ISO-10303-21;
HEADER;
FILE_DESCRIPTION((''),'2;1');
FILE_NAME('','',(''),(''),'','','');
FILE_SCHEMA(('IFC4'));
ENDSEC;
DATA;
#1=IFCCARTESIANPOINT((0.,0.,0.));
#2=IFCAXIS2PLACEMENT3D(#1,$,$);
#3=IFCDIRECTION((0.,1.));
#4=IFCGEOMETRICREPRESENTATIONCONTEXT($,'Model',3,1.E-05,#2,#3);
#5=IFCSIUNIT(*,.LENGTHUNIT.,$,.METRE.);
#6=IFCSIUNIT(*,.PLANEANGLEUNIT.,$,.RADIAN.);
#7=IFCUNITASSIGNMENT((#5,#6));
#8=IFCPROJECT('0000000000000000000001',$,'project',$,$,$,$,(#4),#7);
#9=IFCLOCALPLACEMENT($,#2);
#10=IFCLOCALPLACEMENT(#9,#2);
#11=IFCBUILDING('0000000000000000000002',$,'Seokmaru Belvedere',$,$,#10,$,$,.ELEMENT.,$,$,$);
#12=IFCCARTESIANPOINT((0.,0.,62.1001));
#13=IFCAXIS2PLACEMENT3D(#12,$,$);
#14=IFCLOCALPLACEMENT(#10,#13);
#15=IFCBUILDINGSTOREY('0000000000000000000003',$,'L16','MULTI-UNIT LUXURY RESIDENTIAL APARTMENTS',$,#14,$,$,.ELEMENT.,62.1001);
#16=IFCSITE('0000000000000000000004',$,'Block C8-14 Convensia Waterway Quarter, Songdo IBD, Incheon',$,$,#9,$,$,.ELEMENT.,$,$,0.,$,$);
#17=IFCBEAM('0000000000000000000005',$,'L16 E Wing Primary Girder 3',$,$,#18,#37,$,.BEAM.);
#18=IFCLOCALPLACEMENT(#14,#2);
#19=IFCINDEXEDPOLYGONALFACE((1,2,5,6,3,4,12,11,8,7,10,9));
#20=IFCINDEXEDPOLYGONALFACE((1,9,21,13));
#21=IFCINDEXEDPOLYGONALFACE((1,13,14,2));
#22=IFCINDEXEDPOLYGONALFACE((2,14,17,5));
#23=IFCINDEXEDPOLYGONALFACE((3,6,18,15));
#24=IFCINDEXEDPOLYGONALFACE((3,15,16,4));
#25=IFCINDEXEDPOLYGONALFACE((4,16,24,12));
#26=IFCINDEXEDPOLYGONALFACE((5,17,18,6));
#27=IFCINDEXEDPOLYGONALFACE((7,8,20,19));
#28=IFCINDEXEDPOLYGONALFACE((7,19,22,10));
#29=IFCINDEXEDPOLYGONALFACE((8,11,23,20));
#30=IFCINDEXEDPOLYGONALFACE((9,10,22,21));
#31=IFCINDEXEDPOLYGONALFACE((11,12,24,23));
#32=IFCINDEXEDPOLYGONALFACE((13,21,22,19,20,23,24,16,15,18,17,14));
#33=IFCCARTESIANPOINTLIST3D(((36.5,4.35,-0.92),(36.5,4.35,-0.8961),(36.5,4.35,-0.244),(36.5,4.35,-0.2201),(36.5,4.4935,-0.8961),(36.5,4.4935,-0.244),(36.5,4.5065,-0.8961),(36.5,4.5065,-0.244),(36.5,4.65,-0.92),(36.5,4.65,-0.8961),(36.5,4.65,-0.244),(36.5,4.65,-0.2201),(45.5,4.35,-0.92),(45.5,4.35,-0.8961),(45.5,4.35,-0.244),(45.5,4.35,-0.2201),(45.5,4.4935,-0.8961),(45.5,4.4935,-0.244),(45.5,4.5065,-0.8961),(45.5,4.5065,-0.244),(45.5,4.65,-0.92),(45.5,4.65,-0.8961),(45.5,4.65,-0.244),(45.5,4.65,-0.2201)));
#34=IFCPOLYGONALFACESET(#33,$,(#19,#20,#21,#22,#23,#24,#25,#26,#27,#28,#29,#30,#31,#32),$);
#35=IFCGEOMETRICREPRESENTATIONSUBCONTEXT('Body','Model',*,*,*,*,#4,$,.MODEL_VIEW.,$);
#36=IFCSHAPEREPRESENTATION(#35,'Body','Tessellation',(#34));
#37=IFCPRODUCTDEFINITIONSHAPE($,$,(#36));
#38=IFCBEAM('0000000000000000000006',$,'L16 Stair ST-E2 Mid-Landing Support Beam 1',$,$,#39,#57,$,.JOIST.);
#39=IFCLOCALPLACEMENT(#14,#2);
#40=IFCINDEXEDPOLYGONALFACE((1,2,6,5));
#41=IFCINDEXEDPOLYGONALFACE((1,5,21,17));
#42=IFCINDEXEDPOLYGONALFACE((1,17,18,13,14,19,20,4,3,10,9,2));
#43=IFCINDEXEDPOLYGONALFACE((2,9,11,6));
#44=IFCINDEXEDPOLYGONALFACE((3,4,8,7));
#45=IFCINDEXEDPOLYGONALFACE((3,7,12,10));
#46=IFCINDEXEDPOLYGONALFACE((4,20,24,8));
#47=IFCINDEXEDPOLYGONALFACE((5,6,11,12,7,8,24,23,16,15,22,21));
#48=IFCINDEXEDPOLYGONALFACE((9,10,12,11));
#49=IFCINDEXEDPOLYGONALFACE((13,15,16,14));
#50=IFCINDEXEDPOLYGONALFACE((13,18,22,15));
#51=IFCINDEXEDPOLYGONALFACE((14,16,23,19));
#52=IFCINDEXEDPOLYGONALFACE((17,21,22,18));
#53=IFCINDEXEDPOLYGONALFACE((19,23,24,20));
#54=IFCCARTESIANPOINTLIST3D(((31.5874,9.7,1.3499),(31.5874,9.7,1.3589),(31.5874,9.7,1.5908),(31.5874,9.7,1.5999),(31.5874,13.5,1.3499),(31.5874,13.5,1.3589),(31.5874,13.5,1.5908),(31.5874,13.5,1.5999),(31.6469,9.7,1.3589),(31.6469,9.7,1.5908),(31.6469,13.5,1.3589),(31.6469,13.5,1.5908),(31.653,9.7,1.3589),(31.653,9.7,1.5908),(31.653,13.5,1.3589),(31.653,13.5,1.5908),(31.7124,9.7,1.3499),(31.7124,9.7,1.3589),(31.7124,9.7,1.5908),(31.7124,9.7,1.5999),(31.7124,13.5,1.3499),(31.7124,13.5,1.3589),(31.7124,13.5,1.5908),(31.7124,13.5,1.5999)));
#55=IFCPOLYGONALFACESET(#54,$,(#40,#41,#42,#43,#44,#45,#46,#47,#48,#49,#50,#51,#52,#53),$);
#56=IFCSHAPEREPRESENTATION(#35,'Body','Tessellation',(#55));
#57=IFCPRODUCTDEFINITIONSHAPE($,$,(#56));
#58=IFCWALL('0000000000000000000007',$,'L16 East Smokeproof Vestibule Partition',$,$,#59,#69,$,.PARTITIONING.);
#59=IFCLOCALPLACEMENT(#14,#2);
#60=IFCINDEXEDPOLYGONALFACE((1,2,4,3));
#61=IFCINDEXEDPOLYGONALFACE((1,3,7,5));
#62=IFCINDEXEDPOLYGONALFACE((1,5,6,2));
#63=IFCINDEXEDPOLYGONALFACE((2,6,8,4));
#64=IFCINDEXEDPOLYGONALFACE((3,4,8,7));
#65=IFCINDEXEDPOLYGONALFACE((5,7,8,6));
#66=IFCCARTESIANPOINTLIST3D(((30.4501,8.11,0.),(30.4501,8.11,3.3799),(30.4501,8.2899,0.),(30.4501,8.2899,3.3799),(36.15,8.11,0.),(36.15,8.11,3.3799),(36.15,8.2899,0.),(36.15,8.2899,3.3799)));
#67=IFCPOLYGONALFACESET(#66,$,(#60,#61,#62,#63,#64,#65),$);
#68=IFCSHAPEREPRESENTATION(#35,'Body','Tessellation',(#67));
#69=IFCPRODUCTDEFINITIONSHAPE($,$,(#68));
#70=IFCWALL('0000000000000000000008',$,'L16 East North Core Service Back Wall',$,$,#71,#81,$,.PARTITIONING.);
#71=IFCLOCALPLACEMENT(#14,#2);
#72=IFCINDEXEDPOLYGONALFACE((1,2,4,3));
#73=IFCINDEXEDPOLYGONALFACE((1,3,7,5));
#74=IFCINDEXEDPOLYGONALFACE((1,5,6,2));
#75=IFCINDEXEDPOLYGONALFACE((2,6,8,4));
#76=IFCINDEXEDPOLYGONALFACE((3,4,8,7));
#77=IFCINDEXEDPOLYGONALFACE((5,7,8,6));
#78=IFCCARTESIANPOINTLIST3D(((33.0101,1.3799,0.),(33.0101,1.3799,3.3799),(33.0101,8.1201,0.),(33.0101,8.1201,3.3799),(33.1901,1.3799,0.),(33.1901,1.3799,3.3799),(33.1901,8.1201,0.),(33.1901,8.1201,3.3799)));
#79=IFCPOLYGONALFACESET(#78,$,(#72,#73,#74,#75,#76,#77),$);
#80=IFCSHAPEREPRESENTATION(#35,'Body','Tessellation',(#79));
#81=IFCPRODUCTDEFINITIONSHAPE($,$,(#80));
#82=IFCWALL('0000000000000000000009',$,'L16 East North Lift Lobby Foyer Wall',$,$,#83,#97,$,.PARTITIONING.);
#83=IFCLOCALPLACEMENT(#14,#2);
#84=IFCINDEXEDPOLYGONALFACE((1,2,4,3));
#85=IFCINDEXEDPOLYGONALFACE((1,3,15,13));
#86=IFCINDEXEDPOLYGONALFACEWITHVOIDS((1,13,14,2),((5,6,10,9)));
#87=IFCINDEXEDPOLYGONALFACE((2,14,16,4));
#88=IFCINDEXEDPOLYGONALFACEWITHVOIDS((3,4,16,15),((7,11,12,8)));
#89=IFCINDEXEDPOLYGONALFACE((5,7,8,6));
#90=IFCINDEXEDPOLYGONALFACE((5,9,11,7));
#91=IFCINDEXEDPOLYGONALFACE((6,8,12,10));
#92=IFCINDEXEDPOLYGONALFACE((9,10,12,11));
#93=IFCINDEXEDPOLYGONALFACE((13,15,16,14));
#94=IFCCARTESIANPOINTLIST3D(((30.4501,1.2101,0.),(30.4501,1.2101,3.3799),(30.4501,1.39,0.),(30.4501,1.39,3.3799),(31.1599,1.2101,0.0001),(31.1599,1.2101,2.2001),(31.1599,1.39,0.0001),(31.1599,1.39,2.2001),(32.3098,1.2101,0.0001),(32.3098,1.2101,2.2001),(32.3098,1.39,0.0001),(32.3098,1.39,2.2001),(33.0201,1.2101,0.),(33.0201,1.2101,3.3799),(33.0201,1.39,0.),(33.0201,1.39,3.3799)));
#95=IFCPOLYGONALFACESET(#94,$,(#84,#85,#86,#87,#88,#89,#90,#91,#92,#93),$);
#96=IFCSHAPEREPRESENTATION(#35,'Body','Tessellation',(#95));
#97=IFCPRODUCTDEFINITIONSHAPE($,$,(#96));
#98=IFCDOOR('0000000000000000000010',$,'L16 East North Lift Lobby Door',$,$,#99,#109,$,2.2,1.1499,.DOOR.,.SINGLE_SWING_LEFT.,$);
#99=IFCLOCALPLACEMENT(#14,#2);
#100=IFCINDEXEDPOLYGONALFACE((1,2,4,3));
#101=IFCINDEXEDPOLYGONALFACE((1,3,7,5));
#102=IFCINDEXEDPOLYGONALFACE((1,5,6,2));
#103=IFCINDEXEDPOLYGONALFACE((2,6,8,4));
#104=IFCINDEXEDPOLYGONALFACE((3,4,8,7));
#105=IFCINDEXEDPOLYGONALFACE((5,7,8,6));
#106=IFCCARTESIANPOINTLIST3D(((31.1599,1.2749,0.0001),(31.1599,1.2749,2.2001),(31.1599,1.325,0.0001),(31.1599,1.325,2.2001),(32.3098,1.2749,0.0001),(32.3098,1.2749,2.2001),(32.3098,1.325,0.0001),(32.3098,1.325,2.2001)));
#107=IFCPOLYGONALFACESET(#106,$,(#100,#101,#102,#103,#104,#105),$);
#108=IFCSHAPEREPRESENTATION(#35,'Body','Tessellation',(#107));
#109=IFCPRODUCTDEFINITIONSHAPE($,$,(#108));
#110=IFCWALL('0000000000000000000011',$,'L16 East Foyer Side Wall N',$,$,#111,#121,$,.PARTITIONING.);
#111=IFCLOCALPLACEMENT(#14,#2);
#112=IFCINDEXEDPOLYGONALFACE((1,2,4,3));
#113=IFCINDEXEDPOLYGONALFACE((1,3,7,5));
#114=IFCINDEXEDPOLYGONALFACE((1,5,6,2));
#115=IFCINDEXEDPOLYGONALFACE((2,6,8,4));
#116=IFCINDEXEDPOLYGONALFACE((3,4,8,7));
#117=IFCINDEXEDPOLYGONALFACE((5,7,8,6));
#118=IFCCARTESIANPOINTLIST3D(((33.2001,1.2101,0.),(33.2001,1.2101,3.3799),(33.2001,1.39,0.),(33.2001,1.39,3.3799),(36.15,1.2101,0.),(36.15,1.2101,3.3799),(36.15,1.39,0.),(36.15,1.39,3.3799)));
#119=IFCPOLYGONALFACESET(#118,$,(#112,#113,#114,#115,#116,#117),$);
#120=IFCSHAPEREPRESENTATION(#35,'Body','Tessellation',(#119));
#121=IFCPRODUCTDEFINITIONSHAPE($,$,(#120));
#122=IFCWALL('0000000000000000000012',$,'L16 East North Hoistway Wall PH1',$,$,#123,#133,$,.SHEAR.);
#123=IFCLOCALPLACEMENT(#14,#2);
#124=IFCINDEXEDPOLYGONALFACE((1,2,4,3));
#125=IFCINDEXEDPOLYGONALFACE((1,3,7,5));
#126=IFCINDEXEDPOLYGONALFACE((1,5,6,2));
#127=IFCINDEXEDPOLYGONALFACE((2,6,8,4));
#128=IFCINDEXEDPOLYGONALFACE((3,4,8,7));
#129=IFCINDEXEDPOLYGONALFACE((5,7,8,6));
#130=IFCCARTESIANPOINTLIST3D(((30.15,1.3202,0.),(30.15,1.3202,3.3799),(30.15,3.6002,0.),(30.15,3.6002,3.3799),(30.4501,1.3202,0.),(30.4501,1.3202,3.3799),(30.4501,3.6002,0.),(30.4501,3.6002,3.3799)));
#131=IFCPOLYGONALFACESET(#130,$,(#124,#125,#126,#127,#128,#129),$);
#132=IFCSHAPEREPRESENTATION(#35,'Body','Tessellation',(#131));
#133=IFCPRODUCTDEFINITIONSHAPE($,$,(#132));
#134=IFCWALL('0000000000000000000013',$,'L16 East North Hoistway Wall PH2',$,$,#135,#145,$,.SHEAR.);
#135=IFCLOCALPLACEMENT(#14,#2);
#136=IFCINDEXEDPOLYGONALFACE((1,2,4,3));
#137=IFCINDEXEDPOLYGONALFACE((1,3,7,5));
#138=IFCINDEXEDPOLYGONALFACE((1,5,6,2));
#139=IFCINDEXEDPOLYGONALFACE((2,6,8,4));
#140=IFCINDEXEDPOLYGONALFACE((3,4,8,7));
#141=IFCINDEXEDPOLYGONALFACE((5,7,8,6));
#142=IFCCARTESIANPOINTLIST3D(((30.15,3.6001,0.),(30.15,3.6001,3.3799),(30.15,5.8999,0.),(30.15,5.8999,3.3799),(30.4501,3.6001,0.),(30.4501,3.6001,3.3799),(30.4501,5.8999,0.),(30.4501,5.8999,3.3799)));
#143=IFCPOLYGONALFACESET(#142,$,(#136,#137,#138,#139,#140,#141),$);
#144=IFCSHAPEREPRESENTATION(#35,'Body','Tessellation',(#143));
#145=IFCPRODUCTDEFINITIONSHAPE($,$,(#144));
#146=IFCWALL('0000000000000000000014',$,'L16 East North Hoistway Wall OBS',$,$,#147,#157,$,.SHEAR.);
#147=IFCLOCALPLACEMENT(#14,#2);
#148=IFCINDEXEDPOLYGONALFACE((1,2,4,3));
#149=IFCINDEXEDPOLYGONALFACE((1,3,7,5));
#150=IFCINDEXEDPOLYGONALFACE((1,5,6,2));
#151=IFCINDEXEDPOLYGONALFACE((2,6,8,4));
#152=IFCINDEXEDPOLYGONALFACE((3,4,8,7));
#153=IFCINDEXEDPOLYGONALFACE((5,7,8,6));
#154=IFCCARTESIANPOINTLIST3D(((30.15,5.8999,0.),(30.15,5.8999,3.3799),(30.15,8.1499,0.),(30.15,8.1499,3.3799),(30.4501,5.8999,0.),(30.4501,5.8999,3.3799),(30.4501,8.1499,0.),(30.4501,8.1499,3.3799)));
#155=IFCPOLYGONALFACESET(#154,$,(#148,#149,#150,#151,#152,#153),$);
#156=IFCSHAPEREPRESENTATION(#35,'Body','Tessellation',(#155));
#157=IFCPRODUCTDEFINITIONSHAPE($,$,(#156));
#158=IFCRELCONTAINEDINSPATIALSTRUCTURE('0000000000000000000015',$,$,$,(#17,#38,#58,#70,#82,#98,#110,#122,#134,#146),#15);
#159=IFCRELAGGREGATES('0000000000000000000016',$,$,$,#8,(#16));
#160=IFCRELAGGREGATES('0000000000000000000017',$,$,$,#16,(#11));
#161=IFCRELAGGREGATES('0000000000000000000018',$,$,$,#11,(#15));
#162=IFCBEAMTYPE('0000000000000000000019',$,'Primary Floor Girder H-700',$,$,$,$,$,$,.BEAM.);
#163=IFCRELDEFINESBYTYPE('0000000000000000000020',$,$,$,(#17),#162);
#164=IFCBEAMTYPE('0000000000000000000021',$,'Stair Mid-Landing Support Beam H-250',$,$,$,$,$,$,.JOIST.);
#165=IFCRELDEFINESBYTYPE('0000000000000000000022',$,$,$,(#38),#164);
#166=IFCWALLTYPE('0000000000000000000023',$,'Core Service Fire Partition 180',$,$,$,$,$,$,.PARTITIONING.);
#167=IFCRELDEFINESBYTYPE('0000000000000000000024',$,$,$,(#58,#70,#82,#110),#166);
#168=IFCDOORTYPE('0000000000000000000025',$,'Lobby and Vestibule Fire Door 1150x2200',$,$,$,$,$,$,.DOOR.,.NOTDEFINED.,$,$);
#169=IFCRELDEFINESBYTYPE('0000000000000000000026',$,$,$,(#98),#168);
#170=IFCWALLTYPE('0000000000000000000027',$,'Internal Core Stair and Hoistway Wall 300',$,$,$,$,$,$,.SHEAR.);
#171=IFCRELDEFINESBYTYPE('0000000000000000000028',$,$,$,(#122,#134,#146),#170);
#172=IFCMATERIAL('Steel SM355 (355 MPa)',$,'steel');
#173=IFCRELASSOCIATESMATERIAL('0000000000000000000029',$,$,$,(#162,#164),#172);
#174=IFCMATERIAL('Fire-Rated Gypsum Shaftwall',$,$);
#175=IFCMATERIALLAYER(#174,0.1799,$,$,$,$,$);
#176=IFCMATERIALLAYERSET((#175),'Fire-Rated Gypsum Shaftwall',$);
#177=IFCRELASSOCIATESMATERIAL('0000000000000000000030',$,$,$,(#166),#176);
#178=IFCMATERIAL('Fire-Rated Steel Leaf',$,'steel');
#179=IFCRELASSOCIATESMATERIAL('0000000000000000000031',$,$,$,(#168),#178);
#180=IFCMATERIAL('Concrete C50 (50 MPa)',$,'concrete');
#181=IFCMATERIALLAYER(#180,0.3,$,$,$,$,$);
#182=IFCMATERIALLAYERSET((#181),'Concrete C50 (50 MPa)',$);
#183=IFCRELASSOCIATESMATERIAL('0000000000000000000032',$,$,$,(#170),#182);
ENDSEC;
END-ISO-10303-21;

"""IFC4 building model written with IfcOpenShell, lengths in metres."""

from ifc_helpers import new_model, si_unit, direction, frame, frame_2d, origin, origin_2d, place, context, subcontext, project, spatial, rectangle, i_section, extrude, source, transform, mapped, material, layer, layer_set, material_profile, profile_set, type_object, type_shapes, element, fill, save


model = new_model("IFC4")

# Units and contexts
model_context = context("Model", 3, precision=1e-05, world=origin(), true_north=direction((0.0, 1.0)))
body_context = subcontext(model_context, "Body", "Model", "MODEL_VIEW")
ifc_project = project(units=[si_unit("LENGTHUNIT", "METRE"), si_unit("PLANEANGLEUNIT", "RADIAN")], contexts=[model_context])

# Site, building, storey
site_placement = place(None, origin())
site = spatial("IfcSite", under=ifc_project, at=site_placement, Name="Block C8-14 Convensia Waterway Quarter, Songdo IBD, Incheon", CompositionType="ELEMENT", RefElevation=0.0)
building_placement = place(site_placement, origin())
building = spatial("IfcBuilding", under=site, at=building_placement, Name="Seokmaru Belvedere", CompositionType="ELEMENT")
storey_placement = place(building_placement, frame((0.0, 0.0, 62.1001)))
storey = spatial("IfcBuildingStorey", under=building, at=storey_placement, Name="L16", Description="MULTI-UNIT LUXURY RESIDENTIAL APARTMENTS", CompositionType="ELEMENT", Elevation=62.1001)

# Beams
ifc_material_1 = material(Name="Steel SM355 (355 MPa)", Category="steel")
ifc_material_profile_1 = material_profile(ifc_material_1, i_section(OverallWidth=0.3, OverallDepth=0.7, WebThickness=0.0129, FlangeThickness=0.0239, at=origin_2d()), Name="H-700x300x13x24")
ifc_profile_set_1 = profile_set([ifc_material_profile_1], Name="Steel SM355 (355 MPa)")
beam_type_1 = type_object("IfcBeamType", Name="Primary Floor Girder H-700", PredefinedType="BEAM", material=ifc_profile_set_1)
shared_shape_1 = source(origin(), body_context, "Body", "SweptSolid", [
    extrude(i_section(OverallWidth=0.3, OverallDepth=0.7, WebThickness=0.0129, FlangeThickness=0.0239, at=origin_2d()), origin(), (0.0, 0.0, 1.0), 9.0),
])
type_shapes(beam_type_1, [shared_shape_1])
beam_1_placement = place(storey_placement, frame((36.5, 4.5, -0.5701), z_axis=(1.0, 0.0, 0.0), x_axis=(0.0, 1.0, 0.0)))
element("IfcBeam", 1, at=beam_1_placement, inside=storey, type_object=beam_type_1, Name="L16 E Wing Primary Girder 3", PredefinedType="BEAM", context=body_context, shape_type="MappedRepresentation", body=[
    mapped(shared_shape_1, transform((0.0, 0.0, 0.0), scale=1.0)),
])
ifc_material_profile_2 = material_profile(ifc_material_1, i_section(OverallWidth=0.125, OverallDepth=0.25, WebThickness=0.0061, FlangeThickness=0.009, at=origin_2d()), Name="H-250x125x6x9")
ifc_profile_set_2 = profile_set([ifc_material_profile_2], Name="Steel SM355 (355 MPa)")
beam_type_2 = type_object("IfcBeamType", Name="Stair Mid-Landing Support Beam H-250", PredefinedType="JOIST", material=ifc_profile_set_2)
shared_shape_2 = source(origin(), body_context, "Body", "SweptSolid", [
    extrude(i_section(OverallWidth=0.125, OverallDepth=0.25, WebThickness=0.0061, FlangeThickness=0.009, at=origin_2d()), origin(), (0.0, 0.0, 1.0), 3.8),
])
type_shapes(beam_type_2, [shared_shape_2])
beam_2_placement = place(storey_placement, frame((31.6499, 9.7, 1.4749), z_axis=(0.0, 1.0, 0.0), x_axis=(-1.0, 0.0, 0.0)))
element("IfcBeam", 2, at=beam_2_placement, inside=storey, type_object=beam_type_2, Name="L16 Stair ST-E2 Mid-Landing Support Beam 1", PredefinedType="JOIST", context=body_context, shape_type="MappedRepresentation", body=[
    mapped(shared_shape_2, transform((0.0, 0.0, 0.0), scale=1.0)),
])

# Walls
ifc_material_2 = material(Name="Fire-Rated Gypsum Shaftwall")
ifc_layer_1 = layer(ifc_material_2, 0.1799)
ifc_layer_set_1 = layer_set([ifc_layer_1], Name="Fire-Rated Gypsum Shaftwall")
wall_type_1 = type_object("IfcWallType", Name="Core Service Fire Partition 180", PredefinedType="PARTITIONING", material=ifc_layer_set_1)
wall_1_placement = place(storey_placement, frame((30.45, 8.2, 0.0), z_axis=(0.0, 0.0, 1.0), x_axis=(1.0, 0.0, 0.0)))
element("IfcWall", 3, at=wall_1_placement, inside=storey, type_object=wall_type_1, Name="L16 East Smokeproof Vestibule Partition", PredefinedType="PARTITIONING", context=body_context, shape_type="SweptSolid", body=[
    extrude(rectangle(XDim=5.7, YDim=0.1799, at=frame_2d((2.8501, 0.0))), origin(), (0.0, 0.0, 1.0), 3.3799),
])
wall_2_placement = place(storey_placement, frame((33.1001, 1.3799, 0.0), z_axis=(0.0, 0.0, 1.0), x_axis=(0.0, 1.0, 0.0)))
element("IfcWall", 4, at=wall_2_placement, inside=storey, type_object=wall_type_1, Name="L16 East North Core Service Back Wall", PredefinedType="PARTITIONING", context=body_context, shape_type="SweptSolid", body=[
    extrude(rectangle(XDim=6.7402, YDim=0.1799, at=frame_2d((3.3701, 0.0))), origin(), (0.0, 0.0, 1.0), 3.3799),
])

# Wall, opening, door
wall_3_placement = place(storey_placement, frame((30.45, 1.3, 0.0), z_axis=(0.0, 0.0, 1.0), x_axis=(1.0, 0.0, 0.0)))
wall_3 = element("IfcWall", 5, at=wall_3_placement, inside=storey, type_object=wall_type_1, Name="L16 East North Lift Lobby Foyer Wall", PredefinedType="PARTITIONING", context=body_context, shape_type="SweptSolid", body=[
    extrude(rectangle(XDim=2.5701, YDim=0.1799, at=frame_2d((1.2852, 0.0))), origin(), (0.0, 0.0, 1.0), 3.3799),
])
opening_1_placement = place(wall_3_placement, frame((0.71, 0.0, 0.0)))
opening_1 = element("IfcOpeningElement", 6, at=opening_1_placement, cuts=wall_3, PredefinedType="OPENING", context=body_context, shape_type="SweptSolid", body=[
    extrude(rectangle(XDim=1.1499, YDim=2.2, at=frame_2d((0.575, 1.1001))), frame((0.0, 0.1001, 0.0), z_axis=(0.0, -1.0, 0.0), x_axis=(1.0, 0.0, 0.0)), (0.0, 0.0, 1.0), 0.2),
])
ifc_material_3 = material(Name="Fire-Rated Steel Leaf", Category="steel")
door_type_1 = type_object("IfcDoorType", Name="Lobby and Vestibule Fire Door 1150x2200", OperationType="NOTDEFINED", PredefinedType="DOOR", material=ifc_material_3)
shared_shape_3 = source(origin(), body_context, "Body", "SweptSolid", [
    extrude(rectangle(XDim=1.1499, YDim=2.2, at=frame_2d((0.575, 1.1001))), frame((0.0, 0.0249, 0.0), z_axis=(0.0, -1.0, 0.0), x_axis=(1.0, 0.0, 0.0)), (0.0, 0.0, 1.0), 0.05),
])
type_shapes(door_type_1, [shared_shape_3])
door_1_placement = place(opening_1_placement, origin())
door_1 = element("IfcDoor", 7, at=door_1_placement, inside=storey, type_object=door_type_1, Name="L16 East North Lift Lobby Door", OperationType="SINGLE_SWING_LEFT", OverallHeight=2.2, OverallWidth=1.1499, PredefinedType="DOOR", context=body_context, shape_type="MappedRepresentation", body=[
    mapped(shared_shape_3, transform((0.0, 0.0, 0.0), scale=1.0)),
])
fill(opening_1, door_1)

# Walls
wall_4_placement = place(storey_placement, frame((33.2, 1.3, 0.0), z_axis=(0.0, 0.0, 1.0), x_axis=(1.0, 0.0, 0.0)))
element("IfcWall", 8, at=wall_4_placement, inside=storey, type_object=wall_type_1, Name="L16 East Foyer Side Wall N", PredefinedType="PARTITIONING", context=body_context, shape_type="SweptSolid", body=[
    extrude(rectangle(XDim=2.95, YDim=0.1799, at=frame_2d((1.4751, 0.0))), origin(), (0.0, 0.0, 1.0), 3.3799),
])
ifc_material_4 = material(Name="Concrete C50 (50 MPa)", Category="concrete")
ifc_layer_2 = layer(ifc_material_4, 0.3)
ifc_layer_set_2 = layer_set([ifc_layer_2], Name="Concrete C50 (50 MPa)")
wall_type_2 = type_object("IfcWallType", Name="Internal Core Stair and Hoistway Wall 300", PredefinedType="SHEAR", material=ifc_layer_set_2)
wall_5_placement = place(storey_placement, frame((30.3, 1.3201, 0.0), z_axis=(0.0, 0.0, 1.0), x_axis=(0.0, 1.0, 0.0)))
element("IfcWall", 9, at=wall_5_placement, inside=storey, type_object=wall_type_2, Name="L16 East North Hoistway Wall PH1", PredefinedType="SHEAR", context=body_context, shape_type="SweptSolid", body=[
    extrude(rectangle(XDim=2.28, YDim=0.3, at=frame_2d((1.1401, 0.0))), origin(), (0.0, 0.0, 1.0), 3.3799),
])
wall_6_placement = place(storey_placement, frame((30.3, 3.6001, 0.0), z_axis=(0.0, 0.0, 1.0), x_axis=(0.0, 1.0, 0.0)))
element("IfcWall", 10, at=wall_6_placement, inside=storey, type_object=wall_type_2, Name="L16 East North Hoistway Wall PH2", PredefinedType="SHEAR", context=body_context, shape_type="SweptSolid", body=[
    extrude(rectangle(XDim=2.2998, YDim=0.3, at=frame_2d((1.1499, 0.0))), origin(), (0.0, 0.0, 1.0), 3.3799),
])
wall_7_placement = place(storey_placement, frame((30.3, 5.8999, 0.0), z_axis=(0.0, 0.0, 1.0), x_axis=(0.0, 1.0, 0.0)))
element("IfcWall", 11, at=wall_7_placement, inside=storey, type_object=wall_type_2, Name="L16 East North Hoistway Wall OBS", PredefinedType="SHEAR", context=body_context, shape_type="SweptSolid", body=[
    extrude(rectangle(XDim=2.25, YDim=0.3, at=frame_2d((1.125, 0.0))), origin(), (0.0, 0.0, 1.0), 3.3799),
])

save(model, "model.ifc")
